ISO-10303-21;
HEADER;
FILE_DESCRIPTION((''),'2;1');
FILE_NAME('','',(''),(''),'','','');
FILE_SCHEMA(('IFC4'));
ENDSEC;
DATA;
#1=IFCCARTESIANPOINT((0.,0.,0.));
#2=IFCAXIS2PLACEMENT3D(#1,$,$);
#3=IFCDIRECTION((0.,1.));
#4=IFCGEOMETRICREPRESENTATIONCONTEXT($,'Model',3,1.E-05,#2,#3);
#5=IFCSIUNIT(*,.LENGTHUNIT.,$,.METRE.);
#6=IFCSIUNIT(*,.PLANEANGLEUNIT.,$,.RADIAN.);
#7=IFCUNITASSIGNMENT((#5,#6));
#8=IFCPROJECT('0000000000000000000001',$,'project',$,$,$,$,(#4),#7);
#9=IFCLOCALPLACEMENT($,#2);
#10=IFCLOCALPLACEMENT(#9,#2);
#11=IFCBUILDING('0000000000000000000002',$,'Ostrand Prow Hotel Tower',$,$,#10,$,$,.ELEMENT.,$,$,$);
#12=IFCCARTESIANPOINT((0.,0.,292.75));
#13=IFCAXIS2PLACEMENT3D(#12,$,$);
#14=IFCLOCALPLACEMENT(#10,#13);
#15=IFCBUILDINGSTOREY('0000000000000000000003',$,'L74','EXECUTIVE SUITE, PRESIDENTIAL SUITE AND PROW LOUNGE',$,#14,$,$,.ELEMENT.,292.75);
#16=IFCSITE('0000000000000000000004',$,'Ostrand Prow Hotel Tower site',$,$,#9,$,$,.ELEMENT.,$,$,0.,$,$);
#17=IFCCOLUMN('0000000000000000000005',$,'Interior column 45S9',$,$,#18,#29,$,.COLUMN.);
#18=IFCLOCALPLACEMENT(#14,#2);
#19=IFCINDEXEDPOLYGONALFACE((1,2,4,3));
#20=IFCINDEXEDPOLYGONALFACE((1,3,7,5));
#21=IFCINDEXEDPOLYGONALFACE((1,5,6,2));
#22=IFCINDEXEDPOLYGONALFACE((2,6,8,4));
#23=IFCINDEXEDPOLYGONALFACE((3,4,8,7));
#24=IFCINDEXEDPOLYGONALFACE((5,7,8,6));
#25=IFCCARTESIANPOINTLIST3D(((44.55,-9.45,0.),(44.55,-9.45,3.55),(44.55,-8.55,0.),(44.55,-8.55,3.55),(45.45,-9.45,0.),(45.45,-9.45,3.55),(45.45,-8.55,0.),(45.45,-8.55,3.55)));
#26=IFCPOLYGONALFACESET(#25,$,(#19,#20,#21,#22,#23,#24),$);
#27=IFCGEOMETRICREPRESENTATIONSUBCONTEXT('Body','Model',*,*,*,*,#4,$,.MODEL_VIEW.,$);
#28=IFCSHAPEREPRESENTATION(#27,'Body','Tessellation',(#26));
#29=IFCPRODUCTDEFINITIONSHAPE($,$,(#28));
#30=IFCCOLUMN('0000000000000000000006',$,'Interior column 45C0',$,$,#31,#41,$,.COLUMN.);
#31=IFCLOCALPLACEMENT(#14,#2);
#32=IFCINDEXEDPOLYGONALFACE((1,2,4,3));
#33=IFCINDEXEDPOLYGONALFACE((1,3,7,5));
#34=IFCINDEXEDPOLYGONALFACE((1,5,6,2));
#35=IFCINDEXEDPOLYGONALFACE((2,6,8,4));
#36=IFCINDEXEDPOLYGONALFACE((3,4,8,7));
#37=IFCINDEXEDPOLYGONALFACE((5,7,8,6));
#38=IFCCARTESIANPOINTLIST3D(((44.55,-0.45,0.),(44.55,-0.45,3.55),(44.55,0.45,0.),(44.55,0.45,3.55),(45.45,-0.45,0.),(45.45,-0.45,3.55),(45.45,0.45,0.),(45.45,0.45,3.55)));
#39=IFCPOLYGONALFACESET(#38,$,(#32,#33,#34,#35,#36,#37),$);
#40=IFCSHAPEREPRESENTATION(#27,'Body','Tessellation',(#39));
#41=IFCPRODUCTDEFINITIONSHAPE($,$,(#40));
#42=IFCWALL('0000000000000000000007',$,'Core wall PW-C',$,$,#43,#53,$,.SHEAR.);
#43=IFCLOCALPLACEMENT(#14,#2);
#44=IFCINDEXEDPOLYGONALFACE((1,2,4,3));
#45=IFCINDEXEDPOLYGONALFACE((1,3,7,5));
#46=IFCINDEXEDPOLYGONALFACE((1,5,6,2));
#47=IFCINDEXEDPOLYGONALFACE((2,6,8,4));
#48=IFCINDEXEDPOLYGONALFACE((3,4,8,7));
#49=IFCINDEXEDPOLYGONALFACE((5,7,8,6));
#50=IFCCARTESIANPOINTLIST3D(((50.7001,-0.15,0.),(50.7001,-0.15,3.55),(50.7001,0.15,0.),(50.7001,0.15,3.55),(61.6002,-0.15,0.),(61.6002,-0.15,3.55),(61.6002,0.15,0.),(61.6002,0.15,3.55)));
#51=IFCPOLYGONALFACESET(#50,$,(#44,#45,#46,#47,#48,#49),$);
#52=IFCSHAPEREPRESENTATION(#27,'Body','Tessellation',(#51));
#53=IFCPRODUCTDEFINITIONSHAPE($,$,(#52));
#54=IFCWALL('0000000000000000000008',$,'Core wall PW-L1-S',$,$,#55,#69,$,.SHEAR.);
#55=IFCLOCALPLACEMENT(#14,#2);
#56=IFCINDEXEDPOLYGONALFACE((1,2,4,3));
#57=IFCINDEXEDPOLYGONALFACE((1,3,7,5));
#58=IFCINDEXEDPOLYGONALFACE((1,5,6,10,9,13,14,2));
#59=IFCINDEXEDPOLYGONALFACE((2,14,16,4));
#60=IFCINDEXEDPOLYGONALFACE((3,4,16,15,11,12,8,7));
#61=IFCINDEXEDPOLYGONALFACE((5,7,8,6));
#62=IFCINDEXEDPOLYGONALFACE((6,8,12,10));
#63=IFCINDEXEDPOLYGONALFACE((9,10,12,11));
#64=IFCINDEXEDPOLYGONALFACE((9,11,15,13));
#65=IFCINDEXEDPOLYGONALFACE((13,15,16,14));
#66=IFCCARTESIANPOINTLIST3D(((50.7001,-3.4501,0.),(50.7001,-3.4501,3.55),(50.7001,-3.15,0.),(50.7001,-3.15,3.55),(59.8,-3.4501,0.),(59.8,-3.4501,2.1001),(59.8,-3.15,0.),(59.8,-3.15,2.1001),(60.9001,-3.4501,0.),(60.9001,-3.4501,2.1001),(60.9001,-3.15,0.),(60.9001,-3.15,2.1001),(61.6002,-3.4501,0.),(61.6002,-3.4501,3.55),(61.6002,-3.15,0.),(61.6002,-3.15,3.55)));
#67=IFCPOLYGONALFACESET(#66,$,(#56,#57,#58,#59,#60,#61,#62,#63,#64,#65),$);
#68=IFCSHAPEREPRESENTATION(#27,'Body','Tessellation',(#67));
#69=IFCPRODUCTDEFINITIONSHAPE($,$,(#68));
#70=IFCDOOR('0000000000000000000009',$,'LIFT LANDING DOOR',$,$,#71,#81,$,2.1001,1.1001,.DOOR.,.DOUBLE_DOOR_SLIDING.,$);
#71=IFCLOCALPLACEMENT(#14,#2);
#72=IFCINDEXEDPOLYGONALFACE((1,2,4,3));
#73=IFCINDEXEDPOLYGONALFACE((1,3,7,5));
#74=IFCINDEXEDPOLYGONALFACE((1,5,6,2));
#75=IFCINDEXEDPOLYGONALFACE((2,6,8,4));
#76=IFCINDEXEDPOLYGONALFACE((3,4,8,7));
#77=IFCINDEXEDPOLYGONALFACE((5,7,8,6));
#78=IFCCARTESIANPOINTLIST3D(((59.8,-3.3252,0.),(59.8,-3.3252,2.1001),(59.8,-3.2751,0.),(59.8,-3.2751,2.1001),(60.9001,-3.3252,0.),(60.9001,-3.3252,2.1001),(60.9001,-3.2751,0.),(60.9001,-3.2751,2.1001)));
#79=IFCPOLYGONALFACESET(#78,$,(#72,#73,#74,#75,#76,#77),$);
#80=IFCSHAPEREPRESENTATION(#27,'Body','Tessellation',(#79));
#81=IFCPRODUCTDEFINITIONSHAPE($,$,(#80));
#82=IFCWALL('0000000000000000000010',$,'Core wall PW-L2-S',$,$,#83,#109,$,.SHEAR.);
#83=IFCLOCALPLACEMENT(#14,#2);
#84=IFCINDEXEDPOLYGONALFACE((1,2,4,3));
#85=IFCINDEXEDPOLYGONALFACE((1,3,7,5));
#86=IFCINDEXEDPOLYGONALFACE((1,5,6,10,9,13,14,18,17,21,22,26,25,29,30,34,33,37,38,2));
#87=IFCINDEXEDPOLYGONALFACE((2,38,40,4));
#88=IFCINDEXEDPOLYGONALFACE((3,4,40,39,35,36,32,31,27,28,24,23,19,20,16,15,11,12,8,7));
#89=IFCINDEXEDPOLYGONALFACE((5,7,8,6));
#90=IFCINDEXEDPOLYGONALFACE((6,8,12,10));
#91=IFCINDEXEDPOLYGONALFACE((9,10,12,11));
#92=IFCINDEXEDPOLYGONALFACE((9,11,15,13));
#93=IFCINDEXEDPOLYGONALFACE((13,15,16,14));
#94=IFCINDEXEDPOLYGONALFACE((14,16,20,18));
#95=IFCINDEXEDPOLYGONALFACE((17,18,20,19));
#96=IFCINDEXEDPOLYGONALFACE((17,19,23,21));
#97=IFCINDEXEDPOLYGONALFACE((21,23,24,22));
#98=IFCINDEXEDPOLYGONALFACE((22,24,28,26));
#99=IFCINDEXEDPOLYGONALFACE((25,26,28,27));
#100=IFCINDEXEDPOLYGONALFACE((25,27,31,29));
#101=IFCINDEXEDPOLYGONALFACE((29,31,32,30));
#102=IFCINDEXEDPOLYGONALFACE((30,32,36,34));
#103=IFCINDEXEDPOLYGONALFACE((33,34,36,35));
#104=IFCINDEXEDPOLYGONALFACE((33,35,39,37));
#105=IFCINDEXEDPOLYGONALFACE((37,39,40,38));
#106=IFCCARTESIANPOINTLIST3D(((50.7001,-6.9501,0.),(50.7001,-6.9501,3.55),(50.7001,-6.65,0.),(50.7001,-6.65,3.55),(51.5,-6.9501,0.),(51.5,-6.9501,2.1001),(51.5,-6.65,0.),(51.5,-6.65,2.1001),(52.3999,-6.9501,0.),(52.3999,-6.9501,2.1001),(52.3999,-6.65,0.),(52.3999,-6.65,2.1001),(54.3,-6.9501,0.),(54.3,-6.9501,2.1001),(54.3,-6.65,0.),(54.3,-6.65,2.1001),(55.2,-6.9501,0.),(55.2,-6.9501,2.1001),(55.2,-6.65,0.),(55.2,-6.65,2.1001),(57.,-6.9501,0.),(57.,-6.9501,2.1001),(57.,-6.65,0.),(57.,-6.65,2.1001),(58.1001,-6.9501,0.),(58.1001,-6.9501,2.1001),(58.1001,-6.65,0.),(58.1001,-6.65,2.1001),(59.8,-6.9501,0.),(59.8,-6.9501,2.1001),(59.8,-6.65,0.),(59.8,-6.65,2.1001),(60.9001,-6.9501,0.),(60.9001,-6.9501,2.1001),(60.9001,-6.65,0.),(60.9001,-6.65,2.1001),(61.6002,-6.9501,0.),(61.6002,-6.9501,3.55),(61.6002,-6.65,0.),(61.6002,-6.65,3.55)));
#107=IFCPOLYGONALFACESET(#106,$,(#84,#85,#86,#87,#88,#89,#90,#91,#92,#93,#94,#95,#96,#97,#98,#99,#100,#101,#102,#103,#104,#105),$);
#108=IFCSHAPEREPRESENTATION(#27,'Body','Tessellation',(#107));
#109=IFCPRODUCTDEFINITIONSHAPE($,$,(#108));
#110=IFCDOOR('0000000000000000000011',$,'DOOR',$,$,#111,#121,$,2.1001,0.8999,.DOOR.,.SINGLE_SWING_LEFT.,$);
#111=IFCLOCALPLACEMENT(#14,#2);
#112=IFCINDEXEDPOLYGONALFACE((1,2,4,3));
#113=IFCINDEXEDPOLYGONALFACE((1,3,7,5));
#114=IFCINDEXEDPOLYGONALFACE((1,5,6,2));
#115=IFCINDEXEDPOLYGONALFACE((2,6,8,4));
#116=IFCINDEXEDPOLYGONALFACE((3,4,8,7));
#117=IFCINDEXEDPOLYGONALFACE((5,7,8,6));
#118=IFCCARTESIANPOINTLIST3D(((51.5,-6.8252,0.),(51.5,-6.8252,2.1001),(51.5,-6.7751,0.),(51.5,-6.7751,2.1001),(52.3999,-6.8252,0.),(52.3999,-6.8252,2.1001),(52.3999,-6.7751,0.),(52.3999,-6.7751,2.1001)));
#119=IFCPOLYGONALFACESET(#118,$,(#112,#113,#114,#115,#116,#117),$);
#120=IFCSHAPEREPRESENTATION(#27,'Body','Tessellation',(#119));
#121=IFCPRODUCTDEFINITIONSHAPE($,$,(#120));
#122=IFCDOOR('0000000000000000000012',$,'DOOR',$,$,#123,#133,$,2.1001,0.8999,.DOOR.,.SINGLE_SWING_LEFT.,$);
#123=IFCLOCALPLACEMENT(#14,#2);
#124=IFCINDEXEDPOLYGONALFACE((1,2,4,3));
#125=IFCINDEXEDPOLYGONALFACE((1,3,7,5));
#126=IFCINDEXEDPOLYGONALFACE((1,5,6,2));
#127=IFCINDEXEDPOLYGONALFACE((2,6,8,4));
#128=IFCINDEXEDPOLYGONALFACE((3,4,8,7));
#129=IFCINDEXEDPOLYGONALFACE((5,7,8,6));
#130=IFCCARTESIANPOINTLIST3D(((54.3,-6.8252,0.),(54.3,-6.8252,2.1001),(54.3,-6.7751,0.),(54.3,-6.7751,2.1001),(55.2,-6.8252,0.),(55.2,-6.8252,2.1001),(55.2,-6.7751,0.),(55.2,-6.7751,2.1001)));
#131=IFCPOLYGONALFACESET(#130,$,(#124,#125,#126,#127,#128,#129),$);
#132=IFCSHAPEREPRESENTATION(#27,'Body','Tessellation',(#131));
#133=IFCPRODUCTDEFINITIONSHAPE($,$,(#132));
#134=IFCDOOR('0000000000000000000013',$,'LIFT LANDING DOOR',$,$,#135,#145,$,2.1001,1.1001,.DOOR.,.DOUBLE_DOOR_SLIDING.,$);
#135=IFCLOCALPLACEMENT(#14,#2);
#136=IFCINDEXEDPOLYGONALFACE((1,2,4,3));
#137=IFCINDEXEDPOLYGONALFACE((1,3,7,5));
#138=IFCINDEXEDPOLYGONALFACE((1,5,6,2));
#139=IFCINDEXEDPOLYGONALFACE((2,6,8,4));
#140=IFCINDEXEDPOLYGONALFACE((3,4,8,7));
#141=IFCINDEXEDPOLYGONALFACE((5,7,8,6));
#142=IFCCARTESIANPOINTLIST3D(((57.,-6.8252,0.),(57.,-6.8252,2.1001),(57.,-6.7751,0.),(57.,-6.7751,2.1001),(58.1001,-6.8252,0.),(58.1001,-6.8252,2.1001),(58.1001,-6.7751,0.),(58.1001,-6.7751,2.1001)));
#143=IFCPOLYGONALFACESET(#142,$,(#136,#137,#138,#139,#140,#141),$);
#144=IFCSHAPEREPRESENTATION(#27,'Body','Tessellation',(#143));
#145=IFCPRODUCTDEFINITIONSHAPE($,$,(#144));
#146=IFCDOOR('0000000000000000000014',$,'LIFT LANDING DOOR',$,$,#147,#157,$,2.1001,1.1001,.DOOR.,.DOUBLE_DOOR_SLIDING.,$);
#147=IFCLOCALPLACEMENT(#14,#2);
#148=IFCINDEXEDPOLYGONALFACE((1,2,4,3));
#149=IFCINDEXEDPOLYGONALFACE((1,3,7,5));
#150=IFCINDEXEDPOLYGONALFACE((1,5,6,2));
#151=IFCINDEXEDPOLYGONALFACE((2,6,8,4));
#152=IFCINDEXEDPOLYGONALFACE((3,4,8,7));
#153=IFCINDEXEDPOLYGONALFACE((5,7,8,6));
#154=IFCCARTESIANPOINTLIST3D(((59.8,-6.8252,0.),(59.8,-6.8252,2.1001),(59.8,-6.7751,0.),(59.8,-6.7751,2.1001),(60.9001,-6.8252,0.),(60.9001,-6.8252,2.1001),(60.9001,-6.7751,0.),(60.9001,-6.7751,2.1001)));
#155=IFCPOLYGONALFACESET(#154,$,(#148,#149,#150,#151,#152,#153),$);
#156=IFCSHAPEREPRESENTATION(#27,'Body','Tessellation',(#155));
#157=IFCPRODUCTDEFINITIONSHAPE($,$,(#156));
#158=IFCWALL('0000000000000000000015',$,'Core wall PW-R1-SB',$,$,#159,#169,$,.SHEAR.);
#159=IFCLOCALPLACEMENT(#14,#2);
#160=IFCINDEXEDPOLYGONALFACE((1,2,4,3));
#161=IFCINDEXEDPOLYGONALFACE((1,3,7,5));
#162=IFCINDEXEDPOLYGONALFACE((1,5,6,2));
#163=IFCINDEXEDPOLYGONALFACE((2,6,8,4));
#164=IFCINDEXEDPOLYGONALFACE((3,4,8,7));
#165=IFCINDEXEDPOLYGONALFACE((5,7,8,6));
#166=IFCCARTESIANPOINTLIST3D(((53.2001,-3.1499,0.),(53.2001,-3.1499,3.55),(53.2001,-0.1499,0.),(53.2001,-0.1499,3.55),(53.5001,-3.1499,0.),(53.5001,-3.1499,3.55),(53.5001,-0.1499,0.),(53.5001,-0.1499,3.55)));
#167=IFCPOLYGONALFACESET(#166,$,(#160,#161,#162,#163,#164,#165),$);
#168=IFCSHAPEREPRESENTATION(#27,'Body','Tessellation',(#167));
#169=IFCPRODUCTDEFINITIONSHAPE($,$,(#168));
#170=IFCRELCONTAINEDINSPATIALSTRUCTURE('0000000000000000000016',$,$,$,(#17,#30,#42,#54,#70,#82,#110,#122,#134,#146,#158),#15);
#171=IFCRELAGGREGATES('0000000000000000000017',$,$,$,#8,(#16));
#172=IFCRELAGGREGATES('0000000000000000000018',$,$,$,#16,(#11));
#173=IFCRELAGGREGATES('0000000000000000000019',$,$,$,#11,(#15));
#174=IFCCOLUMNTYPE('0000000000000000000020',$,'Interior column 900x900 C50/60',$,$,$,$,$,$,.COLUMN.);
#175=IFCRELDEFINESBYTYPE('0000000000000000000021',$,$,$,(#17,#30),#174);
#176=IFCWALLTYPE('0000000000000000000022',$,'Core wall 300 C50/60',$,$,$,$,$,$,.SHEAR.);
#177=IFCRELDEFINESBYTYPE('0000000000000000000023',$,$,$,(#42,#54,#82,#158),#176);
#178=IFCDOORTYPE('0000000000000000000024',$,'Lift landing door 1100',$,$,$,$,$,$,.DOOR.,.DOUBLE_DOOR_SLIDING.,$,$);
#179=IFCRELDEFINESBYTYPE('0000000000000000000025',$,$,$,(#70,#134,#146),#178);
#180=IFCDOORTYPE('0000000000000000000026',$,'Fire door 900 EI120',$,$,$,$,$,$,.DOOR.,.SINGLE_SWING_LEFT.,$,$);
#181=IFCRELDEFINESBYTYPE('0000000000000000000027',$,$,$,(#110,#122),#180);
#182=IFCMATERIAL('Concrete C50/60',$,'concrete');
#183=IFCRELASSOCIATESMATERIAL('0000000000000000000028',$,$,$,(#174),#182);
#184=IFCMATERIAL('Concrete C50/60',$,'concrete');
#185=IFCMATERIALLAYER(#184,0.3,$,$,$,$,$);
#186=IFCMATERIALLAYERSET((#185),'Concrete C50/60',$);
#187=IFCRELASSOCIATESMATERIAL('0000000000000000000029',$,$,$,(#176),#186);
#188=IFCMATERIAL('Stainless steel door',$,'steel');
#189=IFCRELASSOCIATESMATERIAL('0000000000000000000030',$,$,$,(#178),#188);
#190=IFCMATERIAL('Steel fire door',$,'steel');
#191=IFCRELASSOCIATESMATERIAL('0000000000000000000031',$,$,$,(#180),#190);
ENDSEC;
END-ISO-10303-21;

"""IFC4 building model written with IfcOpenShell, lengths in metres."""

from ifc_helpers import new_model, si_unit, direction, frame, frame_2d, origin, origin_2d, place, context, subcontext, project, spatial, rectangle, extrude, material, layer, layer_set, material_profile, profile_set, type_object, element, fill, save


model = new_model("IFC4")

# Units and contexts
model_context = context("Model", 3, precision=1e-05, world=origin(), true_north=direction((0.0, 1.0)))
body_context = subcontext(model_context, "Body", "Model", "MODEL_VIEW")
ifc_project = project(units=[si_unit("LENGTHUNIT", "METRE"), si_unit("PLANEANGLEUNIT", "RADIAN")], contexts=[model_context])

# Site, building, storey
site_placement = place(None, origin())
site = spatial("IfcSite", under=ifc_project, at=site_placement, Name="Ostrand Prow Hotel Tower site", CompositionType="ELEMENT", RefElevation=0.0)
building_placement = place(site_placement, origin())
building = spatial("IfcBuilding", under=site, at=building_placement, Name="Ostrand Prow Hotel Tower", CompositionType="ELEMENT")
storey_placement = place(building_placement, frame((0.0, 0.0, 292.75)))
storey = spatial("IfcBuildingStorey", under=building, at=storey_placement, Name="L74", Description="EXECUTIVE SUITE, PRESIDENTIAL SUITE AND PROW LOUNGE", CompositionType="ELEMENT", Elevation=292.75)

# Columns
ifc_material_1 = material(Name="Concrete C50/60", Category="concrete")
ifc_material_profile = material_profile(ifc_material_1, rectangle(XDim=0.8999, YDim=0.8999, at=origin_2d()), Name="RC 900x900")
ifc_profile_set = profile_set([ifc_material_profile], Name="Concrete C50/60")
column_type = type_object("IfcColumnType", Name="Interior column 900x900 C50/60", PredefinedType="COLUMN", material=ifc_profile_set)
for number, where, z_axis, x_axis, name in (
    (1, (45.0, -9.0, 0.0), (0.0, 0.0, 1.0), (1.0, 0.0, 0.0), "Interior column 45S9"),
    (2, (45.0, 0.0, 0.0), (0.0, 0.0, 1.0), (1.0, 0.0, 0.0), "Interior column 45C0"),
):
    element("IfcColumn", number, at=place(storey_placement, frame(where, z_axis=z_axis, x_axis=x_axis)), inside=storey, type_object=column_type, Name=name, PredefinedType="COLUMN", context=body_context, shape_type="SweptSolid", body=[
        extrude(rectangle(XDim=0.8999, YDim=0.8999, at=origin_2d()), origin(), (0.0, 0.0, 1.0), 3.55),
    ])

# Wall
ifc_material_2 = material(Name="Concrete C50/60", Category="concrete")
ifc_layer_1 = layer(ifc_material_2, 0.3)
ifc_layer_set_1 = layer_set([ifc_layer_1], Name="Concrete C50/60")
wall_type_1 = type_object("IfcWallType", Name="Core wall 300 C50/60", PredefinedType="SHEAR", material=ifc_layer_set_1)
wall_1_placement = place(storey_placement, frame((50.7, 0.0, 0.0), z_axis=(0.0, 0.0, 1.0), x_axis=(1.0, 0.0, 0.0)))
element("IfcWall", 3, at=wall_1_placement, inside=storey, type_object=wall_type_1, Name="Core wall PW-C", PredefinedType="SHEAR", context=body_context, shape_type="SweptSolid", body=[
    extrude(rectangle(XDim=10.9001, YDim=0.3, at=frame_2d((5.4502, 0.0))), origin(), (0.0, 0.0, 1.0), 3.55),
])

# Wall, opening, door
wall_2_placement = place(storey_placement, frame((50.7, -3.3, 0.0), z_axis=(0.0, 0.0, 1.0), x_axis=(1.0, 0.0, 0.0)))
wall_2 = element("IfcWall", 4, at=wall_2_placement, inside=storey, type_object=wall_type_1, Name="Core wall PW-L1-S", PredefinedType="SHEAR", context=body_context, shape_type="SweptSolid", body=[
    extrude(rectangle(XDim=10.9001, YDim=0.3, at=frame_2d((5.4502, 0.0))), origin(), (0.0, 0.0, 1.0), 3.55),
])
opening_1_placement = place(wall_2_placement, frame((9.1001, 0.0, 0.0)))
opening_1 = element("IfcOpeningElement", 5, at=opening_1_placement, cuts=wall_2, PredefinedType="OPENING", context=body_context, shape_type="SweptSolid", body=[
    extrude(rectangle(XDim=1.1001, YDim=2.1001, at=frame_2d((0.55, 1.05))), frame((0.0, 0.1599, 0.0), z_axis=(0.0, -1.0, 0.0), x_axis=(1.0, 0.0, 0.0)), (0.0, 0.0, 1.0), 0.3201),
])
ifc_material_3 = material(Name="Stainless steel door", Category="steel")
door_type_1 = type_object("IfcDoorType", Name="Lift landing door 1100", OperationType="DOUBLE_DOOR_SLIDING", PredefinedType="DOOR", material=ifc_material_3)
door_1_placement = place(opening_1_placement, origin())
door_1 = element("IfcDoor", 6, at=door_1_placement, inside=storey, type_object=door_type_1, Name="LIFT LANDING DOOR", OperationType="DOUBLE_DOOR_SLIDING", OverallHeight=2.1001, OverallWidth=1.1001, PredefinedType="DOOR", context=body_context, shape_type="SweptSolid", body=[
    extrude(rectangle(XDim=1.1001, YDim=2.1001, at=frame_2d((0.55, 1.05))), frame((0.0, 0.0249, 0.0), z_axis=(0.0, -1.0, 0.0), x_axis=(1.0, 0.0, 0.0)), (0.0, 0.0, 1.0), 0.05),
])
fill(opening_1, door_1)

# Wall, openings, doors
wall_3_placement = place(storey_placement, frame((50.7, -6.8, 0.0), z_axis=(0.0, 0.0, 1.0), x_axis=(1.0, 0.0, 0.0)))
wall_3 = element("IfcWall", 7, at=wall_3_placement, inside=storey, type_object=wall_type_1, Name="Core wall PW-L2-S", PredefinedType="SHEAR", context=body_context, shape_type="SweptSolid", body=[
    extrude(rectangle(XDim=10.9001, YDim=0.3, at=frame_2d((5.4502, 0.0))), origin(), (0.0, 0.0, 1.0), 3.55),
])
opening_2_placement = place(wall_3_placement, frame((6.3, 0.0, 0.0)))
opening_2 = element("IfcOpeningElement", 8, at=opening_2_placement, cuts=wall_3, PredefinedType="OPENING", context=body_context, shape_type="SweptSolid", body=[
    extrude(rectangle(XDim=1.1001, YDim=2.1001, at=frame_2d((0.55, 1.05))), frame((0.0, 0.1599, 0.0), z_axis=(0.0, -1.0, 0.0), x_axis=(1.0, 0.0, 0.0)), (0.0, 0.0, 1.0), 0.3201),
])
opening_3_placement = place(wall_3_placement, frame((9.1001, 0.0, 0.0)))
opening_3 = element("IfcOpeningElement", 9, at=opening_3_placement, cuts=wall_3, PredefinedType="OPENING", context=body_context, shape_type="SweptSolid", body=[
    extrude(rectangle(XDim=1.1001, YDim=2.1001, at=frame_2d((0.55, 1.05))), frame((0.0, 0.1599, 0.0), z_axis=(0.0, -1.0, 0.0), x_axis=(1.0, 0.0, 0.0)), (0.0, 0.0, 1.0), 0.3201),
])
opening_4_placement = place(wall_3_placement, frame((0.8, 0.0, 0.0)))
opening_4 = element("IfcOpeningElement", 10, at=opening_4_placement, cuts=wall_3, PredefinedType="OPENING", context=body_context, shape_type="SweptSolid", body=[
    extrude(rectangle(XDim=0.8999, YDim=2.1001, at=frame_2d((0.45, 1.05))), frame((0.0, 0.1599, 0.0), z_axis=(0.0, -1.0, 0.0), x_axis=(1.0, 0.0, 0.0)), (0.0, 0.0, 1.0), 0.3201),
])
opening_5_placement = place(wall_3_placement, frame((3.6001, 0.0, 0.0)))
opening_5 = element("IfcOpeningElement", 11, at=opening_5_placement, cuts=wall_3, PredefinedType="OPENING", context=body_context, shape_type="SweptSolid", body=[
    extrude(rectangle(XDim=0.8999, YDim=2.1001, at=frame_2d((0.45, 1.05))), frame((0.0, 0.1599, 0.0), z_axis=(0.0, -1.0, 0.0), x_axis=(1.0, 0.0, 0.0)), (0.0, 0.0, 1.0), 0.3201),
])
ifc_material_4 = material(Name="Steel fire door", Category="steel")
door_type_2 = type_object("IfcDoorType", Name="Fire door 900 EI120", OperationType="SINGLE_SWING_LEFT", PredefinedType="DOOR", material=ifc_material_4)
door_2_placement = place(opening_4_placement, origin())
door_2 = element("IfcDoor", 12, at=door_2_placement, inside=storey, type_object=door_type_2, Name="DOOR", OperationType="SINGLE_SWING_LEFT", OverallHeight=2.1001, OverallWidth=0.8999, PredefinedType="DOOR", context=body_context, shape_type="SweptSolid", body=[
    extrude(rectangle(XDim=0.8999, YDim=2.1001, at=frame_2d((0.45, 1.05))), frame((0.0, 0.0249, 0.0), z_axis=(0.0, -1.0, 0.0), x_axis=(1.0, 0.0, 0.0)), (0.0, 0.0, 1.0), 0.05),
])
fill(opening_4, door_2)
door_3_placement = place(opening_5_placement, origin())
door_3 = element("IfcDoor", 13, at=door_3_placement, inside=storey, type_object=door_type_2, Name="DOOR", OperationType="SINGLE_SWING_LEFT", OverallHeight=2.1001, OverallWidth=0.8999, PredefinedType="DOOR", context=body_context, shape_type="SweptSolid", body=[
    extrude(rectangle(XDim=0.8999, YDim=2.1001, at=frame_2d((0.45, 1.05))), frame((0.0, 0.0249, 0.0), z_axis=(0.0, -1.0, 0.0), x_axis=(1.0, 0.0, 0.0)), (0.0, 0.0, 1.0), 0.05),
])
fill(opening_5, door_3)
door_4_placement = place(opening_2_placement, origin())
door_4 = element("IfcDoor", 14, at=door_4_placement, inside=storey, type_object=door_type_1, Name="LIFT LANDING DOOR", OperationType="DOUBLE_DOOR_SLIDING", OverallHeight=2.1001, OverallWidth=1.1001, PredefinedType="DOOR", context=body_context, shape_type="SweptSolid", body=[
    extrude(rectangle(XDim=1.1001, YDim=2.1001, at=frame_2d((0.55, 1.05))), frame((0.0, 0.0249, 0.0), z_axis=(0.0, -1.0, 0.0), x_axis=(1.0, 0.0, 0.0)), (0.0, 0.0, 1.0), 0.05),
])
fill(opening_2, door_4)
door_5_placement = place(opening_3_placement, origin())
door_5 = element("IfcDoor", 15, at=door_5_placement, inside=storey, type_object=door_type_1, Name="LIFT LANDING DOOR", OperationType="DOUBLE_DOOR_SLIDING", OverallHeight=2.1001, OverallWidth=1.1001, PredefinedType="DOOR", context=body_context, shape_type="SweptSolid", body=[
    extrude(rectangle(XDim=1.1001, YDim=2.1001, at=frame_2d((0.55, 1.05))), frame((0.0, 0.0249, 0.0), z_axis=(0.0, -1.0, 0.0), x_axis=(1.0, 0.0, 0.0)), (0.0, 0.0, 1.0), 0.05),
])
fill(opening_3, door_5)

# Wall
for number, where, z_axis, x_axis, name in (
    (16, (53.3501, -3.1499, 0.0), (0.0, 0.0, 1.0), (0.0, 1.0, 0.0), "Core wall PW-R1-SB"),
):
    element("IfcWall", number, at=place(storey_placement, frame(where, z_axis=z_axis, x_axis=x_axis)), inside=storey, type_object=wall_type_1, Name=name, PredefinedType="SHEAR", context=body_context, shape_type="SweptSolid", body=[
        extrude(rectangle(XDim=3.0, YDim=0.3, at=frame_2d((1.5, 0.0))), origin(), (0.0, 0.0, 1.0), 3.55),
    ])

save(model, "model.ifc")
